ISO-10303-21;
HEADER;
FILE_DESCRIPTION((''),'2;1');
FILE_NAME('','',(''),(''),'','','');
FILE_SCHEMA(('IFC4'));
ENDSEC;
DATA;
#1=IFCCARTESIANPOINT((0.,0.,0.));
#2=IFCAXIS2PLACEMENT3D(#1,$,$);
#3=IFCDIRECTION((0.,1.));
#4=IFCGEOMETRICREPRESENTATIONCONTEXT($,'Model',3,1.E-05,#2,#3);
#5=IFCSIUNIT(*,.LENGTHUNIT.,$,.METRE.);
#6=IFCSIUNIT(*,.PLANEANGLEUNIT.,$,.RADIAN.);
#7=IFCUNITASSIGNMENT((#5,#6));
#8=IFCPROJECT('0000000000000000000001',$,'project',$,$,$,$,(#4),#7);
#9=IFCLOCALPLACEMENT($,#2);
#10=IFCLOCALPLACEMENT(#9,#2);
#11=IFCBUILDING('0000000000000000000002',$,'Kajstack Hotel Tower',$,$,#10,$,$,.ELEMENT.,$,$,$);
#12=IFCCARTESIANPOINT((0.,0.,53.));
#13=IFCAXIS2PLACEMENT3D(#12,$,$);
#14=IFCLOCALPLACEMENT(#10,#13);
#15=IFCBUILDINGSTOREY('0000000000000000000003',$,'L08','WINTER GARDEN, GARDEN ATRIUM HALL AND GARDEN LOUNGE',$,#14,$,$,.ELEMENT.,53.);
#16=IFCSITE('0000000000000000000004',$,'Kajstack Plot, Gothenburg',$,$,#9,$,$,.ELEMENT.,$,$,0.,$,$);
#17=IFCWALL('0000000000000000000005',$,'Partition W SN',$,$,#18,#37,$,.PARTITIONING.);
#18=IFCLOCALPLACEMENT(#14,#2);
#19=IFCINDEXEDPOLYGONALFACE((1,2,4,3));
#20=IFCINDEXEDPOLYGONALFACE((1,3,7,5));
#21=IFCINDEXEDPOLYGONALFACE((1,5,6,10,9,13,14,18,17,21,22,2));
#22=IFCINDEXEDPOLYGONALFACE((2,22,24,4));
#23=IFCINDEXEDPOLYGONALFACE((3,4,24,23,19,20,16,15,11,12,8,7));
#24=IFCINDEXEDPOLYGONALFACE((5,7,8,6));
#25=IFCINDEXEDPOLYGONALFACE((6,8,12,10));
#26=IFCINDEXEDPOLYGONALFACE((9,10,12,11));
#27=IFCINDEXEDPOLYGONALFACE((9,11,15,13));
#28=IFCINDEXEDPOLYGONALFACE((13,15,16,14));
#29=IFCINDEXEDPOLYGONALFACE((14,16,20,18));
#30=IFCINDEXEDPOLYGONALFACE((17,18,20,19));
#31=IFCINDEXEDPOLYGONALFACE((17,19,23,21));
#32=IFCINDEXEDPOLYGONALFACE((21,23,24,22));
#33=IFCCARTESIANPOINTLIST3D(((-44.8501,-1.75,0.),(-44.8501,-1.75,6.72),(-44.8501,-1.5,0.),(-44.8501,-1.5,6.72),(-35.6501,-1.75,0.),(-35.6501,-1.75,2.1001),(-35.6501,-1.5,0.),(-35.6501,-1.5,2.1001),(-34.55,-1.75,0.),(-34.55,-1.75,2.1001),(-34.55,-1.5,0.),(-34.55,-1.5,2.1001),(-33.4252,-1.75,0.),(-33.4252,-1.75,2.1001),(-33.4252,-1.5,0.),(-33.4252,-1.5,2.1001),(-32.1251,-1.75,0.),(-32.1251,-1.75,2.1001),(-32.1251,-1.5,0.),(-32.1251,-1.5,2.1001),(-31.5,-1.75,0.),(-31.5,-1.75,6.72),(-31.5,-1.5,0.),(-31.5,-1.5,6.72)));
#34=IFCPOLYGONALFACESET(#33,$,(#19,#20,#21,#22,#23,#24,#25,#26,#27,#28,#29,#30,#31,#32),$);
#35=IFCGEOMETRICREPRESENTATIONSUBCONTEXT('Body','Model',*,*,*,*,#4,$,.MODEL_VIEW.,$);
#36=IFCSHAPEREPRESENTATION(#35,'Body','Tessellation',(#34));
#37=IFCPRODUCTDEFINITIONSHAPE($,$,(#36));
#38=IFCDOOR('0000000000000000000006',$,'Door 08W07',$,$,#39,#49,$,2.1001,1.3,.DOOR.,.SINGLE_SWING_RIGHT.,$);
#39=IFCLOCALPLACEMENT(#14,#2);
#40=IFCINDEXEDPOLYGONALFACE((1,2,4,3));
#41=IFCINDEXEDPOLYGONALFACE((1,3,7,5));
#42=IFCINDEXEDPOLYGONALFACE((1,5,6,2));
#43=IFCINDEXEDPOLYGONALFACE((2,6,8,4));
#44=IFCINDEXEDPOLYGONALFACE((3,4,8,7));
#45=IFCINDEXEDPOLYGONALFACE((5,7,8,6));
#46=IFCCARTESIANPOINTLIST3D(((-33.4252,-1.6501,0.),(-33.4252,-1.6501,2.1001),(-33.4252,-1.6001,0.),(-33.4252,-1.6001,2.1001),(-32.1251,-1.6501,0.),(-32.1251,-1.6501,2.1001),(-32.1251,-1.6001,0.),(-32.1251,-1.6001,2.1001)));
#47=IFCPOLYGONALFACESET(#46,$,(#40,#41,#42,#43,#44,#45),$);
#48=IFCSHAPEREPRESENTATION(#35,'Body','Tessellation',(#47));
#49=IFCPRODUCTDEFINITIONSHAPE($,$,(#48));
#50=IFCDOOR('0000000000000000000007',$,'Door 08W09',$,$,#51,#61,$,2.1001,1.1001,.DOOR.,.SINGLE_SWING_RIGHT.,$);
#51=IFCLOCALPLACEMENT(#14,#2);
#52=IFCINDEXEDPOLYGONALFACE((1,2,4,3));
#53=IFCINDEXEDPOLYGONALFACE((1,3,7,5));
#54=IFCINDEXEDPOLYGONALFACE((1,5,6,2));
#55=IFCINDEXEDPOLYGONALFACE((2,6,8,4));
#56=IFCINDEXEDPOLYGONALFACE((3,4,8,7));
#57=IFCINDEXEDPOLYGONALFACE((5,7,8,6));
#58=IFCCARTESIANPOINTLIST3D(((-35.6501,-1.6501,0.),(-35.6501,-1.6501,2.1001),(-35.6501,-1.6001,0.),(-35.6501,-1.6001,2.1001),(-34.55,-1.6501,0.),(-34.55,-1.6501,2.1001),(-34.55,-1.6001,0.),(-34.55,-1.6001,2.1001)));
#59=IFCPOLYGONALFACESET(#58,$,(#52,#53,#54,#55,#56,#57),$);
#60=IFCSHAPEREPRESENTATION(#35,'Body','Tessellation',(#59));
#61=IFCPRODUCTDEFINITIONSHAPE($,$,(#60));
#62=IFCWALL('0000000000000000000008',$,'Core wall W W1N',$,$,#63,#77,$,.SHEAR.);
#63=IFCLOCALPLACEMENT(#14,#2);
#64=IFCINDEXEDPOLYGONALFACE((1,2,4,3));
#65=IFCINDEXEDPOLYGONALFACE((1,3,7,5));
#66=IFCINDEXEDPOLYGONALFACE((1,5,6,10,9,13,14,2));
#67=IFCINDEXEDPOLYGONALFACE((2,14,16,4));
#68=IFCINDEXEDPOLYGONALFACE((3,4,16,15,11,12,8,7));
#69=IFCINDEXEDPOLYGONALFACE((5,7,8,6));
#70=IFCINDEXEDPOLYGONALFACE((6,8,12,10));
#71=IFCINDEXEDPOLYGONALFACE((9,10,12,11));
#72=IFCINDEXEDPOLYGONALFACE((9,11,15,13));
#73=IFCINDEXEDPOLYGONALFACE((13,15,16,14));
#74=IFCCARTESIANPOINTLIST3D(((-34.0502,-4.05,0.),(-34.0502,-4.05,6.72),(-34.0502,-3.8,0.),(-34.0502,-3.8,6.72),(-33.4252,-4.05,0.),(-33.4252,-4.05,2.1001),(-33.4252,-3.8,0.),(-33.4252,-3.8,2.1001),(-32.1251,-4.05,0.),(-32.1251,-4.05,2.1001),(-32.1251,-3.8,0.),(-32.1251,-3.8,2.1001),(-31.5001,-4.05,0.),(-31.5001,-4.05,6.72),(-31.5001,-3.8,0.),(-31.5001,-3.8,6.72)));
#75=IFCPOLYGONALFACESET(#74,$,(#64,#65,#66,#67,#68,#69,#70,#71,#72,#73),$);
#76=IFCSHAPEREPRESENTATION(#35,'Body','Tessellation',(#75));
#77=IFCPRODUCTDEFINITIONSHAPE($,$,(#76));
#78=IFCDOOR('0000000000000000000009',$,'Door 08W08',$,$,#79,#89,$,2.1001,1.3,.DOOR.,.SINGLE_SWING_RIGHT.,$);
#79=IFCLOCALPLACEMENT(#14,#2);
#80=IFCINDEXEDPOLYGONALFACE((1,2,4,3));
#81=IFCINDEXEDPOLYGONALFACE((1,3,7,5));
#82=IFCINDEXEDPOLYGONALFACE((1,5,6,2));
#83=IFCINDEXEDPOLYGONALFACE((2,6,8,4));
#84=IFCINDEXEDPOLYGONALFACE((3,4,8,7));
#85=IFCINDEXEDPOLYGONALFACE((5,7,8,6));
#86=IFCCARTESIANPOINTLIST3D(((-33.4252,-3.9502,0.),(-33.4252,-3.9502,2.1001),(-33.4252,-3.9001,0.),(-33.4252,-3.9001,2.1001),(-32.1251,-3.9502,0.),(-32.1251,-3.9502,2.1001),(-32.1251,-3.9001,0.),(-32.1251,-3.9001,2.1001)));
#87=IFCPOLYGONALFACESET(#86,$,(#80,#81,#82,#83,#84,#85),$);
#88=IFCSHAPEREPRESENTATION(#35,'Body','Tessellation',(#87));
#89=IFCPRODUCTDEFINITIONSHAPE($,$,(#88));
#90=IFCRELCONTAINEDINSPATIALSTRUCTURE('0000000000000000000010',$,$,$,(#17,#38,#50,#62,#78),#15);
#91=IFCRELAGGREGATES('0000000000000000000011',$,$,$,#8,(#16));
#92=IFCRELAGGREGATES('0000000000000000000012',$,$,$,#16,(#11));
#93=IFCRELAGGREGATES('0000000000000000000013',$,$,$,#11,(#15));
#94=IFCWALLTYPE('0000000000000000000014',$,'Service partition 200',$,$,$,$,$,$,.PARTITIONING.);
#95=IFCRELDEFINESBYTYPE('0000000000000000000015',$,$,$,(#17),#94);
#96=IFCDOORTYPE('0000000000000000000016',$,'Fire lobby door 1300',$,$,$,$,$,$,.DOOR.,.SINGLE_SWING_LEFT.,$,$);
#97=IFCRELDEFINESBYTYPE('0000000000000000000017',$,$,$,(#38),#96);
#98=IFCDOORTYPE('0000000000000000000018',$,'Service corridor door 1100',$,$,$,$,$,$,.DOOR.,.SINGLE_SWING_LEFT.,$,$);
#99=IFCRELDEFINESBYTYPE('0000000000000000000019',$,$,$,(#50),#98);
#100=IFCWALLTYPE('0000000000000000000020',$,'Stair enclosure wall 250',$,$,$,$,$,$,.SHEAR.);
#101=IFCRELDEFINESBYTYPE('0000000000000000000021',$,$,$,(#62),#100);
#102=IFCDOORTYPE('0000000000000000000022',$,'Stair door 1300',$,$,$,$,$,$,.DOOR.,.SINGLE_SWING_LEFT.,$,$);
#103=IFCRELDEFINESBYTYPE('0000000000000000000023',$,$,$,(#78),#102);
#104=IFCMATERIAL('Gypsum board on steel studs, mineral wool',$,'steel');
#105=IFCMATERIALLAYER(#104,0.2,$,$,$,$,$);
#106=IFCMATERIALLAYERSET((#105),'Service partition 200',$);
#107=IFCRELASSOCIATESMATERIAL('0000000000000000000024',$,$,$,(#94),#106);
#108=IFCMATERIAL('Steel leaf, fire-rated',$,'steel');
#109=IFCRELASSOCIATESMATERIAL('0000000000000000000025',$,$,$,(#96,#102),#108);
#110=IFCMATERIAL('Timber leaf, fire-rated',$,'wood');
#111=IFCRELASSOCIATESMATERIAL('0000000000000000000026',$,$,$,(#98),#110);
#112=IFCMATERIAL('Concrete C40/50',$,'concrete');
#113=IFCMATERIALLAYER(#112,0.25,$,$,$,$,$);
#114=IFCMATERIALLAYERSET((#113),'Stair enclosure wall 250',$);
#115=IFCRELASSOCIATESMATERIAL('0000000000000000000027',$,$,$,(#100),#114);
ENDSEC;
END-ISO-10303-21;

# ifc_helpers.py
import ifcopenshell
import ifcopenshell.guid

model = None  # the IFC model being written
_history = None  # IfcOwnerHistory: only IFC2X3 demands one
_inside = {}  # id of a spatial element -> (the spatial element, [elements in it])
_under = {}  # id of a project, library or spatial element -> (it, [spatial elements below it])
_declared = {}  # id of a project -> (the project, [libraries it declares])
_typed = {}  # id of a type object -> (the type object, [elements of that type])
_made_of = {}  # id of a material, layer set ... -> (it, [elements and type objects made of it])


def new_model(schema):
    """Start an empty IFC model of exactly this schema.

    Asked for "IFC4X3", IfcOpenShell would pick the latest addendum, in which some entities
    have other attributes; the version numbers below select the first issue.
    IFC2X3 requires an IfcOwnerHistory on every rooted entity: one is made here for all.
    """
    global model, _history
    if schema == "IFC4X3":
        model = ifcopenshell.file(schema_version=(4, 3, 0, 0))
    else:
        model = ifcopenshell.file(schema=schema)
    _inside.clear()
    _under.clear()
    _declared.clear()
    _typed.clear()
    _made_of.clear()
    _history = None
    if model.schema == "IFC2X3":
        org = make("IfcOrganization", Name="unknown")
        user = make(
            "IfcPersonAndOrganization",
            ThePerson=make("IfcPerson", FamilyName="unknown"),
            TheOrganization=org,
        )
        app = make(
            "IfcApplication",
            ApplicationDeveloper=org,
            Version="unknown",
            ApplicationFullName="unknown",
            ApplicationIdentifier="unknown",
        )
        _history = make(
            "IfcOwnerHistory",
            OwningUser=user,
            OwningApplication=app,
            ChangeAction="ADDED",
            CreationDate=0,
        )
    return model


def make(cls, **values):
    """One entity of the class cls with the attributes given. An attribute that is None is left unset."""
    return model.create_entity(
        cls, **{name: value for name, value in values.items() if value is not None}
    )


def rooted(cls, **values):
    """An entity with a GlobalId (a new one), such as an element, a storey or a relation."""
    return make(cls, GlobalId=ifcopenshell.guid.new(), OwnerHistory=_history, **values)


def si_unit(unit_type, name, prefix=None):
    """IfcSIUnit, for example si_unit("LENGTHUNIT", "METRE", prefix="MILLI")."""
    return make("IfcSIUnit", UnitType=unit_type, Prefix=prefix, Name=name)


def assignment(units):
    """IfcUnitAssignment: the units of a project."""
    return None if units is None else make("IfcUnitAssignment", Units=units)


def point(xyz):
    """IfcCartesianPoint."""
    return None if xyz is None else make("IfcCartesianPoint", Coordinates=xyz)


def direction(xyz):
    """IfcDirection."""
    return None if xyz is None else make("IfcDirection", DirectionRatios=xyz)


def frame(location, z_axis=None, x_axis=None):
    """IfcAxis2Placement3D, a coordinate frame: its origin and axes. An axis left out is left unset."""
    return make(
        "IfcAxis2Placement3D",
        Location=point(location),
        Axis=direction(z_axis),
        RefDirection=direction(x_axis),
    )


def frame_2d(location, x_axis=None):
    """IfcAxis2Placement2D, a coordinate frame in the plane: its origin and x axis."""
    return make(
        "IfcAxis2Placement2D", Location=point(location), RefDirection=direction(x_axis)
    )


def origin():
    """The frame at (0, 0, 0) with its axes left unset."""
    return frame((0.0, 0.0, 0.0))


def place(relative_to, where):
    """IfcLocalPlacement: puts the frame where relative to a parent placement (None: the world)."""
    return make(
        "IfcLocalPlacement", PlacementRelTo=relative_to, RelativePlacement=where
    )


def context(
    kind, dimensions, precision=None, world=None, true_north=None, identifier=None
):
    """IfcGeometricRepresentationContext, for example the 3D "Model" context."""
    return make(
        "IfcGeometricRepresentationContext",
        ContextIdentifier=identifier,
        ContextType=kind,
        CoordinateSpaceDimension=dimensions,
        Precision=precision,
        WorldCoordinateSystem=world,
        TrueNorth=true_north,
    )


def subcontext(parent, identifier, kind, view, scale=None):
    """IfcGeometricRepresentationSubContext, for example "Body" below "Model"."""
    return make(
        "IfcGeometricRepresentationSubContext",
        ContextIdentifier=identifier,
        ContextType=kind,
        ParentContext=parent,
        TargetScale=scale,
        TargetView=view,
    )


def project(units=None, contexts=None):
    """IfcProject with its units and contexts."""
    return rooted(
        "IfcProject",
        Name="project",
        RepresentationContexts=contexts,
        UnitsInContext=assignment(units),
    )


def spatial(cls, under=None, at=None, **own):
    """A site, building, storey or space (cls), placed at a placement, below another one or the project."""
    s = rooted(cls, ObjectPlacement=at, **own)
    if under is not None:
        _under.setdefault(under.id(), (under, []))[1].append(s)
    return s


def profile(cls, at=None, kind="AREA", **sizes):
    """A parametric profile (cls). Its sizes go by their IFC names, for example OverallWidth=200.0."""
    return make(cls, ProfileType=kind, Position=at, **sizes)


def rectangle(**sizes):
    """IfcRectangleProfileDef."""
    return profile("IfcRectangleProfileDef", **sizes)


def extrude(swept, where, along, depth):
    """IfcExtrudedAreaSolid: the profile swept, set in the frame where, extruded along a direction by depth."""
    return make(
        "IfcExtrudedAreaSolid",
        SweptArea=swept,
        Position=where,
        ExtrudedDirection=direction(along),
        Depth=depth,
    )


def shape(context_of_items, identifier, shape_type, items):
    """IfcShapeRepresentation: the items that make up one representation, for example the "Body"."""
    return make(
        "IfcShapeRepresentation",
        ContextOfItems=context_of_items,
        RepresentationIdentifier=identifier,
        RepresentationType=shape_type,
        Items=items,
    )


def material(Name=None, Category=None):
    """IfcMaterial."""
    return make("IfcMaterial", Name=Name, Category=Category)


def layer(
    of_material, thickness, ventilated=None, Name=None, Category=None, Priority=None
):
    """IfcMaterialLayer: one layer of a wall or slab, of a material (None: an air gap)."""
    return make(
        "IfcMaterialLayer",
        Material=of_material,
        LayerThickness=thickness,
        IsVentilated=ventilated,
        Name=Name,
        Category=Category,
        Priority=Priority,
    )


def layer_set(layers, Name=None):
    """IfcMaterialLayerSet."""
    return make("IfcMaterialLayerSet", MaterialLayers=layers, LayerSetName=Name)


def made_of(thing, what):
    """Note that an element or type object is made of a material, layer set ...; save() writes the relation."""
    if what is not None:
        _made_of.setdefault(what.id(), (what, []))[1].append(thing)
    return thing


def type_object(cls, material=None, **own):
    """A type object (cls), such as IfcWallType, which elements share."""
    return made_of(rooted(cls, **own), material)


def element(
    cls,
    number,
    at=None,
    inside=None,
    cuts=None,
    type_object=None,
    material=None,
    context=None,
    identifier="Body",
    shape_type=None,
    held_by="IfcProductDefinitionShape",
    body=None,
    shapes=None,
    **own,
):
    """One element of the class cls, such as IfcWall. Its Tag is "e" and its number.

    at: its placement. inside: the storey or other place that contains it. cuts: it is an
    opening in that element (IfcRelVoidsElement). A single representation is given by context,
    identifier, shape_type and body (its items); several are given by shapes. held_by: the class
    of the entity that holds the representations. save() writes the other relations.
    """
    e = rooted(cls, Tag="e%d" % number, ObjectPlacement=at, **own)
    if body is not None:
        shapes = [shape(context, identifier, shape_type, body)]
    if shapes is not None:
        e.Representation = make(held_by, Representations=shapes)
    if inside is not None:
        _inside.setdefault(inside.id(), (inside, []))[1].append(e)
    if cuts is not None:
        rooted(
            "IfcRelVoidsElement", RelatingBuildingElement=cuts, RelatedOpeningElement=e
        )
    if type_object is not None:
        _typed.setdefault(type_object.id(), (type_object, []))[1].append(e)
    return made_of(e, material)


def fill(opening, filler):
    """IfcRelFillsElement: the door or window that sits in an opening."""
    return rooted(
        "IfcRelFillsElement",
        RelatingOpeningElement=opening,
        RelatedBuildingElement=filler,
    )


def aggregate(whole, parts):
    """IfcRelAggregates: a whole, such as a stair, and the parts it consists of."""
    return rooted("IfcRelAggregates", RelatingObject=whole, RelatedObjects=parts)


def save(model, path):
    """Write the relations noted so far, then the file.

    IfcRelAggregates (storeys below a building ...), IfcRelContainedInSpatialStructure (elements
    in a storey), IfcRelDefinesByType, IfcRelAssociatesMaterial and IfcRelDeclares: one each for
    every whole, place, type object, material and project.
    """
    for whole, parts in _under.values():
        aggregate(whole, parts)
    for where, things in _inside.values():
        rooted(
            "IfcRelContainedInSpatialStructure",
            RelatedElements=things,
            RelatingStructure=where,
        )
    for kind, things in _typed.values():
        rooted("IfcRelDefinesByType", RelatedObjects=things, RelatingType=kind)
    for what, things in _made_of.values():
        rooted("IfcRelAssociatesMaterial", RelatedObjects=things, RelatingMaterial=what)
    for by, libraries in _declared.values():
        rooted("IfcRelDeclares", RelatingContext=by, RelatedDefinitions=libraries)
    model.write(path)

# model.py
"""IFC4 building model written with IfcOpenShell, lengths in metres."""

from ifc_helpers import new_model, si_unit, direction, frame, frame_2d, origin, place, context, subcontext, project, spatial, rectangle, extrude, material, layer, layer_set, type_object, element, fill, save


model = new_model("IFC4")

# Units and contexts
model_context = context("Model", 3, precision=1e-05, world=origin(), true_north=direction((0.0, 1.0)))
body_context = subcontext(model_context, "Body", "Model", "MODEL_VIEW")
ifc_project = project(units=[si_unit("LENGTHUNIT", "METRE"), si_unit("PLANEANGLEUNIT", "RADIAN")], contexts=[model_context])

# Site, building, storey
site_placement = place(None, origin())
site = spatial("IfcSite", under=ifc_project, at=site_placement, Name="Kajstack Plot, Gothenburg", CompositionType="ELEMENT", RefElevation=0.0)
building_placement = place(site_placement, origin())
building = spatial("IfcBuilding", under=site, at=building_placement, Name="Kajstack Hotel Tower", CompositionType="ELEMENT")
storey_placement = place(building_placement, frame((0.0, 0.0, 53.0)))
storey = spatial("IfcBuildingStorey", under=building, at=storey_placement, Name="L08", Description="WINTER GARDEN, GARDEN ATRIUM HALL AND GARDEN LOUNGE", CompositionType="ELEMENT", Elevation=53.0)

# Wall, openings, doors
ifc_material_1 = material(Name="Gypsum board on steel studs, mineral wool", Category="steel")
ifc_layer_1 = layer(ifc_material_1, 0.2)
ifc_layer_set_1 = layer_set([ifc_layer_1], Name="Service partition 200")
wall_type_1 = type_object("IfcWallType", Name="Service partition 200", PredefinedType="PARTITIONING", material=ifc_layer_set_1)
wall_1_placement = place(storey_placement, frame((-44.8501, -1.625, 0.0), z_axis=(0.0, 0.0, 1.0), x_axis=(1.0, 0.0, 0.0)))
wall_1 = element("IfcWall", 1, at=wall_1_placement, inside=storey, type_object=wall_type_1, Name="Partition W SN", PredefinedType="PARTITIONING", context=body_context, shape_type="SweptSolid", body=[
    extrude(rectangle(XDim=13.3501, YDim=0.25, at=frame_2d((6.675, 0.0))), origin(), (0.0, 0.0, 1.0), 6.72),
])
opening_1_placement = place(wall_1_placement, frame((11.425, 0.0, 0.0)))
opening_1 = element("IfcOpeningElement", 2, at=opening_1_placement, cuts=wall_1, PredefinedType="OPENING", context=body_context, shape_type="SweptSolid", body=[
    extrude(rectangle(XDim=1.3, YDim=2.1001, at=frame_2d((0.6499, 1.05))), frame((0.0, 0.135, 0.0), z_axis=(0.0, -1.0, 0.0), x_axis=(1.0, 0.0, 0.0)), (0.0, 0.0, 1.0), 0.27),
])
opening_2_placement = place(wall_1_placement, frame((9.2, 0.0, 0.0)))
opening_2 = element("IfcOpeningElement", 3, at=opening_2_placement, cuts=wall_1, PredefinedType="OPENING", context=body_context, shape_type="SweptSolid", body=[
    extrude(rectangle(XDim=1.1001, YDim=2.1001, at=frame_2d((0.55, 1.05))), frame((0.0, 0.135, 0.0), z_axis=(0.0, -1.0, 0.0), x_axis=(1.0, 0.0, 0.0)), (0.0, 0.0, 1.0), 0.27),
])
ifc_material_2 = material(Name="Steel leaf, fire-rated", Category="steel")
door_type_1 = type_object("IfcDoorType", Name="Fire lobby door 1300", OperationType="SINGLE_SWING_LEFT", PredefinedType="DOOR", material=ifc_material_2)
door_1_placement = place(opening_1_placement, origin())
door_1 = element("IfcDoor", 4, at=door_1_placement, inside=storey, type_object=door_type_1, Name="Door 08W07", OperationType="SINGLE_SWING_RIGHT", OverallHeight=2.1001, OverallWidth=1.3, PredefinedType="DOOR", context=body_context, shape_type="SweptSolid", body=[
    extrude(rectangle(XDim=1.3, YDim=2.1001, at=frame_2d((0.6499, 1.05))), frame((0.0, 0.0249, 0.0), z_axis=(0.0, -1.0, 0.0), x_axis=(1.0, 0.0, 0.0)), (0.0, 0.0, 1.0), 0.05),
])
fill(opening_1, door_1)
ifc_material_3 = material(Name="Timber leaf, fire-rated", Category="wood")
door_type_2 = type_object("IfcDoorType", Name="Service corridor door 1100", OperationType="SINGLE_SWING_LEFT", PredefinedType="DOOR", material=ifc_material_3)
door_2_placement = place(opening_2_placement, origin())
door_2 = element("IfcDoor", 5, at=door_2_placement, inside=storey, type_object=door_type_2, Name="Door 08W09", OperationType="SINGLE_SWING_RIGHT", OverallHeight=2.1001, OverallWidth=1.1001, PredefinedType="DOOR", context=body_context, shape_type="SweptSolid", body=[
    extrude(rectangle(XDim=1.1001, YDim=2.1001, at=frame_2d((0.55, 1.05))), frame((0.0, 0.0249, 0.0), z_axis=(0.0, -1.0, 0.0), x_axis=(1.0, 0.0, 0.0)), (0.0, 0.0, 1.0), 0.05),
])
fill(opening_2, door_2)

# Wall, opening, door
ifc_material_4 = material(Name="Concrete C40/50", Category="concrete")
ifc_layer_2 = layer(ifc_material_4, 0.25)
ifc_layer_set_2 = layer_set([ifc_layer_2], Name="Stair enclosure wall 250")
wall_type_2 = type_object("IfcWallType", Name="Stair enclosure wall 250", PredefinedType="SHEAR", material=ifc_layer_set_2)
wall_2_placement = place(storey_placement, frame((-34.05, -3.925, 0.0), z_axis=(0.0, 0.0, 1.0), x_axis=(1.0, 0.0, 0.0)))
wall_2 = element("IfcWall", 6, at=wall_2_placement, inside=storey, type_object=wall_type_2, Name="Core wall W W1N", PredefinedType="SHEAR", context=body_context, shape_type="SweptSolid", body=[
    extrude(rectangle(XDim=2.55, YDim=0.25, at=frame_2d((1.2749, 0.0))), origin(), (0.0, 0.0, 1.0), 6.72),
])
opening_3_placement = place(wall_2_placement, frame((0.625, 0.0, 0.0)))
opening_3 = element("IfcOpeningElement", 7, at=opening_3_placement, cuts=wall_2, PredefinedType="OPENING", context=body_context, shape_type="SweptSolid", body=[
    extrude(rectangle(XDim=1.3, YDim=2.1001, at=frame_2d((0.6499, 1.05))), frame((0.0, 0.135, 0.0), z_axis=(0.0, -1.0, 0.0), x_axis=(1.0, 0.0, 0.0)), (0.0, 0.0, 1.0), 0.27),
])
door_type_3 = type_object("IfcDoorType", Name="Stair door 1300", OperationType="SINGLE_SWING_LEFT", PredefinedType="DOOR", material=ifc_material_2)
door_3_placement = place(opening_3_placement, origin())
door_3 = element("IfcDoor", 8, at=door_3_placement, inside=storey, type_object=door_type_3, Name="Door 08W08", OperationType="SINGLE_SWING_RIGHT", OverallHeight=2.1001, OverallWidth=1.3, PredefinedType="DOOR", context=body_context, shape_type="SweptSolid", body=[
    extrude(rectangle(XDim=1.3, YDim=2.1001, at=frame_2d((0.6499, 1.05))), frame((0.0, 0.0249, 0.0), z_axis=(0.0, -1.0, 0.0), x_axis=(1.0, 0.0, 0.0)), (0.0, 0.0, 1.0), 0.05),
])
fill(opening_3, door_3)

save(model, "model.ifc")
